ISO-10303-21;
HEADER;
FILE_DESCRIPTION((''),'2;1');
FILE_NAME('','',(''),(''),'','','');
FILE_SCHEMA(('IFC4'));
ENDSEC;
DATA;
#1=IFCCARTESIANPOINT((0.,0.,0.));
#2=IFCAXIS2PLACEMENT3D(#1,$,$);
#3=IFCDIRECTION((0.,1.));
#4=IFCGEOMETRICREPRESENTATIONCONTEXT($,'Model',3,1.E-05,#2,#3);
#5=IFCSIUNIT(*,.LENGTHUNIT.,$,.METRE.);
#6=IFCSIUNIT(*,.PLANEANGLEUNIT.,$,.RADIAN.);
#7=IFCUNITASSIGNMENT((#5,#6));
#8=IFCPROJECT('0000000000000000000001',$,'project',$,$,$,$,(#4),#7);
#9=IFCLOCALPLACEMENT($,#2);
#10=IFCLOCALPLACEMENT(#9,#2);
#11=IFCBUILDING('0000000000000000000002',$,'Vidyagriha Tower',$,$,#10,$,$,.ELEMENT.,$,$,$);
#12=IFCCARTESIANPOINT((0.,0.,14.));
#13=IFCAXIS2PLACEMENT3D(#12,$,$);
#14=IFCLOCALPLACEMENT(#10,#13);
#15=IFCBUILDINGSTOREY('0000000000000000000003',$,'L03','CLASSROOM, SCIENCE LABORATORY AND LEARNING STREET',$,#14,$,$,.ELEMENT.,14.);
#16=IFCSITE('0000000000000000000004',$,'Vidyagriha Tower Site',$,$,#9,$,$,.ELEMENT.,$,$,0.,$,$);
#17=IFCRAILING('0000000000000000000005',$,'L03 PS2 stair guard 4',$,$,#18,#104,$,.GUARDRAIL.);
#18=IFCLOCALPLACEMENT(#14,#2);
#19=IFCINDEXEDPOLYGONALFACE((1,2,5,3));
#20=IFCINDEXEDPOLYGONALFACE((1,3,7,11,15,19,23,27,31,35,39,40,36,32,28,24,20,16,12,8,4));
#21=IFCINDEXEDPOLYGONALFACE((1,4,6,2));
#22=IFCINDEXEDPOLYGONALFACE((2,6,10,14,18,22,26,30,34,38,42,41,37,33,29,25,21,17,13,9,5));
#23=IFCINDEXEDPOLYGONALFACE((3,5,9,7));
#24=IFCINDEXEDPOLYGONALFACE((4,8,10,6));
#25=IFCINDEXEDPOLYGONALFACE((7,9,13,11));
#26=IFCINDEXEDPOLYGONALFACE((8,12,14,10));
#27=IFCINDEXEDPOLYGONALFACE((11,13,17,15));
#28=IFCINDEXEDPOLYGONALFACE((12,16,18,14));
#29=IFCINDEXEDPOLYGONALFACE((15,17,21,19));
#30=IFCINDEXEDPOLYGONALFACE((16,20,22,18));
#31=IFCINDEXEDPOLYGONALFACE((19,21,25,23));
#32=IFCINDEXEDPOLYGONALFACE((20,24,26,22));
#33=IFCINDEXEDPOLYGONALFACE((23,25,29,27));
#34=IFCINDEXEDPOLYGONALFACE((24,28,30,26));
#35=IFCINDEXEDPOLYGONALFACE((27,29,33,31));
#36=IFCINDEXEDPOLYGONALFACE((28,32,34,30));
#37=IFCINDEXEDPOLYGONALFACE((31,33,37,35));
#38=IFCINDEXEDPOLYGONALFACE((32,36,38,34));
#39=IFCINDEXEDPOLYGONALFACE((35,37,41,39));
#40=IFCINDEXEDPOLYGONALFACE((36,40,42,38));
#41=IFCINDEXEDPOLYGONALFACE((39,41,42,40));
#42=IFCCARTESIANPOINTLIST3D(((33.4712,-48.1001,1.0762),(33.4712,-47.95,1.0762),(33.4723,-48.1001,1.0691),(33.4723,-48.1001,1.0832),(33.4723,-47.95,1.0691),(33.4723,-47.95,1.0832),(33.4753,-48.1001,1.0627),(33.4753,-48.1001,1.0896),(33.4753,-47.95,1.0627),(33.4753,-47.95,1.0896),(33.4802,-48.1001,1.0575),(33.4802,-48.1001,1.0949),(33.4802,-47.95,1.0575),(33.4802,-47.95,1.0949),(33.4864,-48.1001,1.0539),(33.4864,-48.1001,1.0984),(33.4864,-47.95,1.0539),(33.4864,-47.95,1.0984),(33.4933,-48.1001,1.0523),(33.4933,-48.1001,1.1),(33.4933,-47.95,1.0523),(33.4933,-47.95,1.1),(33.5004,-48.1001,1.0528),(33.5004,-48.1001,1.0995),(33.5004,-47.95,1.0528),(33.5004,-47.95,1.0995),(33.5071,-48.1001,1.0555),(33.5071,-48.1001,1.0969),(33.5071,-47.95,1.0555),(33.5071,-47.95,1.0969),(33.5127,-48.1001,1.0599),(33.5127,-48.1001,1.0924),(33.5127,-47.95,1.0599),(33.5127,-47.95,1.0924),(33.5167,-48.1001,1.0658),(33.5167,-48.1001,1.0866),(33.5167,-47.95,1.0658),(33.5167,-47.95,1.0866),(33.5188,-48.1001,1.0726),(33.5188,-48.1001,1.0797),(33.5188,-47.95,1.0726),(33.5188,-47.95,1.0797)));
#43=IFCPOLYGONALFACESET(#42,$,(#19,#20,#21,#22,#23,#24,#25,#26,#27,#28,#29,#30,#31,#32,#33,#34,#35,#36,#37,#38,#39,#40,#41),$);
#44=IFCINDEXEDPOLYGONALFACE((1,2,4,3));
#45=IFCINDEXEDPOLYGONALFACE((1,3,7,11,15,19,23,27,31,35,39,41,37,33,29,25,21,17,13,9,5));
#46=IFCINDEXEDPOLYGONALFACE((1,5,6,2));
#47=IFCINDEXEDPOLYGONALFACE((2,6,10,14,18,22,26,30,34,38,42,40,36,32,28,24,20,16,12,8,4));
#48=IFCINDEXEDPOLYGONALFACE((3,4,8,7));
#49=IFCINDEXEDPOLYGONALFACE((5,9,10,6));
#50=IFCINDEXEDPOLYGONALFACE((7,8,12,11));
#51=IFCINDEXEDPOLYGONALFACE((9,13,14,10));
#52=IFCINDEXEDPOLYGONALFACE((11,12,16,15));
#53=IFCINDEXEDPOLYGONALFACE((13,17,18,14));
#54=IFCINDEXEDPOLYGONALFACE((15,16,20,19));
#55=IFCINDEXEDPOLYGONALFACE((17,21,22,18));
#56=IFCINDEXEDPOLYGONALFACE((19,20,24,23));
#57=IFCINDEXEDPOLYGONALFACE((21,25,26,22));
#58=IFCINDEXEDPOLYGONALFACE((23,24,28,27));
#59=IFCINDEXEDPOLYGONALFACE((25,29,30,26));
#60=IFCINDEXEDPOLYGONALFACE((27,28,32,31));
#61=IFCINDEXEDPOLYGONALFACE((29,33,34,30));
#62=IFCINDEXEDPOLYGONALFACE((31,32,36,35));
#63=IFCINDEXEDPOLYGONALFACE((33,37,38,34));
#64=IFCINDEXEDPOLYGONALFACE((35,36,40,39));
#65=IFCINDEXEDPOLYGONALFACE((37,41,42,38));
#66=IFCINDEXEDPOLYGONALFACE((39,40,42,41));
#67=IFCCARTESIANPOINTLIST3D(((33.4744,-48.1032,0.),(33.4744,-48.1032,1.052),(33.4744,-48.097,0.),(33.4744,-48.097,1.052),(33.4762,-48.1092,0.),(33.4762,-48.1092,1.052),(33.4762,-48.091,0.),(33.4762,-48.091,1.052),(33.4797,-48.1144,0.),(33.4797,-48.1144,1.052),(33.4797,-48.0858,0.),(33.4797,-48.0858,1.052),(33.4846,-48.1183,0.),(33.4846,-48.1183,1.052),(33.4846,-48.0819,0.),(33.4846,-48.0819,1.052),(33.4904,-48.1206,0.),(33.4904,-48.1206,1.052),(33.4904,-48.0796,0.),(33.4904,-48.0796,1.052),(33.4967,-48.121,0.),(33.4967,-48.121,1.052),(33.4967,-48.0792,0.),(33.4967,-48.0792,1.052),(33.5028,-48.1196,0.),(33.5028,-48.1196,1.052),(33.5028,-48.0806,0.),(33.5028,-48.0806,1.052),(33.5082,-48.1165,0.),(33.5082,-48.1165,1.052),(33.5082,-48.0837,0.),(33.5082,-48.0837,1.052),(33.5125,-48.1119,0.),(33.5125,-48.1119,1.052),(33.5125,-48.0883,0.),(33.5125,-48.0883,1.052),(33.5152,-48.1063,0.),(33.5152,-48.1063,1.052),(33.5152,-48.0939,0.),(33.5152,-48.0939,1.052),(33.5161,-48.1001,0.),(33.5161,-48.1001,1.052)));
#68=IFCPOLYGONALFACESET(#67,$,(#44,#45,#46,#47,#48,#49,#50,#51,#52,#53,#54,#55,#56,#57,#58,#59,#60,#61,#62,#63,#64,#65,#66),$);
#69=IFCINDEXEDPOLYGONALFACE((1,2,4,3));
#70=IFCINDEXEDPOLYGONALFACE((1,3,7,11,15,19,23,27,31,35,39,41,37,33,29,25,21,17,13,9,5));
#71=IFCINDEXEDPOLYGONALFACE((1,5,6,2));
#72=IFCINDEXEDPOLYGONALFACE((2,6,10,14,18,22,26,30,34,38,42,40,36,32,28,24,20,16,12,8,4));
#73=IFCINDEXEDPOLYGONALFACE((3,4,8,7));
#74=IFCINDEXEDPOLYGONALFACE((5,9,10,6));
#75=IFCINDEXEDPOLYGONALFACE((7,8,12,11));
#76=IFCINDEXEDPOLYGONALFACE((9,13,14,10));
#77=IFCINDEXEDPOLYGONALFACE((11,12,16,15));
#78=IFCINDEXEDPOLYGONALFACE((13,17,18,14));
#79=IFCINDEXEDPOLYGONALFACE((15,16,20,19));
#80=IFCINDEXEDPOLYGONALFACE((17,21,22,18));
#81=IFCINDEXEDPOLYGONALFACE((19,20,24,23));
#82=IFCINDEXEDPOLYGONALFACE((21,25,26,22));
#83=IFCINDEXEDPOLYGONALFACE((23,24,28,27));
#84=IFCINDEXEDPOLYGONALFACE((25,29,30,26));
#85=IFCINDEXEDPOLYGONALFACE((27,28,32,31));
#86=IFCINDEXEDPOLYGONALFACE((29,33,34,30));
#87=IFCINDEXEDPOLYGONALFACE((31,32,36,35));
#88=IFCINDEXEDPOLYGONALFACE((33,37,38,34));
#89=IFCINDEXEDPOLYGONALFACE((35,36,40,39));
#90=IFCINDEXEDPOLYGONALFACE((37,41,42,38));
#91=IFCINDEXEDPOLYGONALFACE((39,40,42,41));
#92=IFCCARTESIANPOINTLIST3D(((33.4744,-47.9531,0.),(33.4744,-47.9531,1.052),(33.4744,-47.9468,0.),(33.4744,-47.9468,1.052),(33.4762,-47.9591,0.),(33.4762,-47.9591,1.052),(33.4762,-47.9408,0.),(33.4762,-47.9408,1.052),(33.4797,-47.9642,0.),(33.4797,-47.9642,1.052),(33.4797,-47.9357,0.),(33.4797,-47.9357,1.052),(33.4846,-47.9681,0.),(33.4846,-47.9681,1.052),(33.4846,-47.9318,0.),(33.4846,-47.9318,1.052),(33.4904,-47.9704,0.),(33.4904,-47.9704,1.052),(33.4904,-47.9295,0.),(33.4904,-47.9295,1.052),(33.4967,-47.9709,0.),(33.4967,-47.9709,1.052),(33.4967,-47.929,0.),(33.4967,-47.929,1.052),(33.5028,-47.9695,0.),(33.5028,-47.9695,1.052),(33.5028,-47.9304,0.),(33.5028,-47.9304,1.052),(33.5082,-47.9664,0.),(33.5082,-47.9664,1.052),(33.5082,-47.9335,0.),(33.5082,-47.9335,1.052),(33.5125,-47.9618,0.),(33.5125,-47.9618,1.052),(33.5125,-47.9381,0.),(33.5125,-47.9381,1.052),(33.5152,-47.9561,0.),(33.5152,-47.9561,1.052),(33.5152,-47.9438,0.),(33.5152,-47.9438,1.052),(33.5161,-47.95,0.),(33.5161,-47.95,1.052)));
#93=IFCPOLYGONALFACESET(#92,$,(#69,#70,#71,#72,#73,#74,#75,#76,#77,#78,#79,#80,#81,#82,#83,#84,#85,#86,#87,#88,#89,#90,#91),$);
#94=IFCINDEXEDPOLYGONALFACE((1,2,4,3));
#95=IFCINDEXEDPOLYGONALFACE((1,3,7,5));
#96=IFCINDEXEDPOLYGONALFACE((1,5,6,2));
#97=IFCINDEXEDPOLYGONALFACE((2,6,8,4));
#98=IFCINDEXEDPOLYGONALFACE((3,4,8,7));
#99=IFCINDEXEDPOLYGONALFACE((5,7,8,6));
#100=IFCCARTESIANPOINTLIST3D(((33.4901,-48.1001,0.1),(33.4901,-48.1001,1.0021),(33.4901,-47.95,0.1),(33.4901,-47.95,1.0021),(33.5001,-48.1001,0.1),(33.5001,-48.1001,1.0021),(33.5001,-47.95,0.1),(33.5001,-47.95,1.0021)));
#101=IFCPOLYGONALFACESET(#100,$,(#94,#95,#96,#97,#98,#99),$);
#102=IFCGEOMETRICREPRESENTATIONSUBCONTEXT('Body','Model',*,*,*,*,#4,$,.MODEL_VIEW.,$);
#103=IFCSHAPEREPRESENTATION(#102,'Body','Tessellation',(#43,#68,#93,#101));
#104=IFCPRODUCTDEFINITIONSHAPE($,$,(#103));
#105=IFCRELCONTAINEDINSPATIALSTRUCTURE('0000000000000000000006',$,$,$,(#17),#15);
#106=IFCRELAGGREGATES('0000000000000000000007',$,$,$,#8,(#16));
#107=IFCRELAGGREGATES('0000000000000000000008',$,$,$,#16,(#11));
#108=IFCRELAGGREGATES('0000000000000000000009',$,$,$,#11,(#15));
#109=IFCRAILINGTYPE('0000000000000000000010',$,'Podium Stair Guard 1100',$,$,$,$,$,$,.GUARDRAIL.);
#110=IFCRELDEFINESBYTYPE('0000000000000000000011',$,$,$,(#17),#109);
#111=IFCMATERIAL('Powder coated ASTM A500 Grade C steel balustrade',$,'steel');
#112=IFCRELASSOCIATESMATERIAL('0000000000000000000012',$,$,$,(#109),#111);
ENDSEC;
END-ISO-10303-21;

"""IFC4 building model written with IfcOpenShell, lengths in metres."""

from ifc_helpers import new_model, si_unit, direction, frame, origin, origin_2d, place, context, subcontext, project, spatial, rectangle, circle, extrude, material, type_object, element, save


model = new_model("IFC4")

# Units and contexts
model_context = context("Model", 3, precision=1e-05, world=origin(), true_north=direction((0.0, 1.0)))
body_context = subcontext(model_context, "Body", "Model", "MODEL_VIEW")
ifc_project = project(units=[si_unit("LENGTHUNIT", "METRE"), si_unit("PLANEANGLEUNIT", "RADIAN")], contexts=[model_context])

# Site, building, storey
site_placement = place(None, origin())
site = spatial("IfcSite", under=ifc_project, at=site_placement, Name="Vidyagriha Tower Site", CompositionType="ELEMENT", RefElevation=0.0)
building_placement = place(site_placement, origin())
building = spatial("IfcBuilding", under=site, at=building_placement, Name="Vidyagriha Tower", CompositionType="ELEMENT")
storey_placement = place(building_placement, frame((0.0, 0.0, 14.0)))
storey = spatial("IfcBuildingStorey", under=building, at=storey_placement, Name="L03", Description="CLASSROOM, SCIENCE LABORATORY AND LEARNING STREET", CompositionType="ELEMENT", Elevation=14.0)

# Railing
ifc_material_1 = material(Name="Powder coated ASTM A500 Grade C steel balustrade", Category="steel")
railing_type_1 = type_object("IfcRailingType", Name="Podium Stair Guard 1100", PredefinedType="GUARDRAIL", material=ifc_material_1)
railing_1_placement = place(storey_placement, frame((33.4951, -48.1001, 0.0)))
element("IfcRailing", 1, at=railing_1_placement, inside=storey, type_object=railing_type_1, Name="L03 PS2 stair guard 4", PredefinedType="GUARDRAIL", context=body_context, shape_type="SweptSolid", body=[
    extrude(circle(Radius=0.0239, at=origin_2d()), frame((0.0, 0.0, 1.0762), z_axis=(0.0, 1.0, 0.0), x_axis=(-1.0, 0.0, 0.0)), (0.0, 0.0, 1.0), 0.1501),
    extrude(circle(Radius=0.021, at=origin_2d()), origin(), (0.0, 0.0, 1.0), 1.052),
    extrude(circle(Radius=0.021, at=origin_2d()), frame((0.0, 0.1501, 0.0)), (0.0, 0.0, 1.0), 1.052),
    extrude(rectangle(XDim=0.01, YDim=0.9021, at=origin_2d()), frame((0.0, 0.0, 0.551), z_axis=(0.0, 1.0, 0.0), x_axis=(-1.0, 0.0, 0.0)), (0.0, 0.0, 1.0), 0.1501),
])

save(model, "model.ifc")
